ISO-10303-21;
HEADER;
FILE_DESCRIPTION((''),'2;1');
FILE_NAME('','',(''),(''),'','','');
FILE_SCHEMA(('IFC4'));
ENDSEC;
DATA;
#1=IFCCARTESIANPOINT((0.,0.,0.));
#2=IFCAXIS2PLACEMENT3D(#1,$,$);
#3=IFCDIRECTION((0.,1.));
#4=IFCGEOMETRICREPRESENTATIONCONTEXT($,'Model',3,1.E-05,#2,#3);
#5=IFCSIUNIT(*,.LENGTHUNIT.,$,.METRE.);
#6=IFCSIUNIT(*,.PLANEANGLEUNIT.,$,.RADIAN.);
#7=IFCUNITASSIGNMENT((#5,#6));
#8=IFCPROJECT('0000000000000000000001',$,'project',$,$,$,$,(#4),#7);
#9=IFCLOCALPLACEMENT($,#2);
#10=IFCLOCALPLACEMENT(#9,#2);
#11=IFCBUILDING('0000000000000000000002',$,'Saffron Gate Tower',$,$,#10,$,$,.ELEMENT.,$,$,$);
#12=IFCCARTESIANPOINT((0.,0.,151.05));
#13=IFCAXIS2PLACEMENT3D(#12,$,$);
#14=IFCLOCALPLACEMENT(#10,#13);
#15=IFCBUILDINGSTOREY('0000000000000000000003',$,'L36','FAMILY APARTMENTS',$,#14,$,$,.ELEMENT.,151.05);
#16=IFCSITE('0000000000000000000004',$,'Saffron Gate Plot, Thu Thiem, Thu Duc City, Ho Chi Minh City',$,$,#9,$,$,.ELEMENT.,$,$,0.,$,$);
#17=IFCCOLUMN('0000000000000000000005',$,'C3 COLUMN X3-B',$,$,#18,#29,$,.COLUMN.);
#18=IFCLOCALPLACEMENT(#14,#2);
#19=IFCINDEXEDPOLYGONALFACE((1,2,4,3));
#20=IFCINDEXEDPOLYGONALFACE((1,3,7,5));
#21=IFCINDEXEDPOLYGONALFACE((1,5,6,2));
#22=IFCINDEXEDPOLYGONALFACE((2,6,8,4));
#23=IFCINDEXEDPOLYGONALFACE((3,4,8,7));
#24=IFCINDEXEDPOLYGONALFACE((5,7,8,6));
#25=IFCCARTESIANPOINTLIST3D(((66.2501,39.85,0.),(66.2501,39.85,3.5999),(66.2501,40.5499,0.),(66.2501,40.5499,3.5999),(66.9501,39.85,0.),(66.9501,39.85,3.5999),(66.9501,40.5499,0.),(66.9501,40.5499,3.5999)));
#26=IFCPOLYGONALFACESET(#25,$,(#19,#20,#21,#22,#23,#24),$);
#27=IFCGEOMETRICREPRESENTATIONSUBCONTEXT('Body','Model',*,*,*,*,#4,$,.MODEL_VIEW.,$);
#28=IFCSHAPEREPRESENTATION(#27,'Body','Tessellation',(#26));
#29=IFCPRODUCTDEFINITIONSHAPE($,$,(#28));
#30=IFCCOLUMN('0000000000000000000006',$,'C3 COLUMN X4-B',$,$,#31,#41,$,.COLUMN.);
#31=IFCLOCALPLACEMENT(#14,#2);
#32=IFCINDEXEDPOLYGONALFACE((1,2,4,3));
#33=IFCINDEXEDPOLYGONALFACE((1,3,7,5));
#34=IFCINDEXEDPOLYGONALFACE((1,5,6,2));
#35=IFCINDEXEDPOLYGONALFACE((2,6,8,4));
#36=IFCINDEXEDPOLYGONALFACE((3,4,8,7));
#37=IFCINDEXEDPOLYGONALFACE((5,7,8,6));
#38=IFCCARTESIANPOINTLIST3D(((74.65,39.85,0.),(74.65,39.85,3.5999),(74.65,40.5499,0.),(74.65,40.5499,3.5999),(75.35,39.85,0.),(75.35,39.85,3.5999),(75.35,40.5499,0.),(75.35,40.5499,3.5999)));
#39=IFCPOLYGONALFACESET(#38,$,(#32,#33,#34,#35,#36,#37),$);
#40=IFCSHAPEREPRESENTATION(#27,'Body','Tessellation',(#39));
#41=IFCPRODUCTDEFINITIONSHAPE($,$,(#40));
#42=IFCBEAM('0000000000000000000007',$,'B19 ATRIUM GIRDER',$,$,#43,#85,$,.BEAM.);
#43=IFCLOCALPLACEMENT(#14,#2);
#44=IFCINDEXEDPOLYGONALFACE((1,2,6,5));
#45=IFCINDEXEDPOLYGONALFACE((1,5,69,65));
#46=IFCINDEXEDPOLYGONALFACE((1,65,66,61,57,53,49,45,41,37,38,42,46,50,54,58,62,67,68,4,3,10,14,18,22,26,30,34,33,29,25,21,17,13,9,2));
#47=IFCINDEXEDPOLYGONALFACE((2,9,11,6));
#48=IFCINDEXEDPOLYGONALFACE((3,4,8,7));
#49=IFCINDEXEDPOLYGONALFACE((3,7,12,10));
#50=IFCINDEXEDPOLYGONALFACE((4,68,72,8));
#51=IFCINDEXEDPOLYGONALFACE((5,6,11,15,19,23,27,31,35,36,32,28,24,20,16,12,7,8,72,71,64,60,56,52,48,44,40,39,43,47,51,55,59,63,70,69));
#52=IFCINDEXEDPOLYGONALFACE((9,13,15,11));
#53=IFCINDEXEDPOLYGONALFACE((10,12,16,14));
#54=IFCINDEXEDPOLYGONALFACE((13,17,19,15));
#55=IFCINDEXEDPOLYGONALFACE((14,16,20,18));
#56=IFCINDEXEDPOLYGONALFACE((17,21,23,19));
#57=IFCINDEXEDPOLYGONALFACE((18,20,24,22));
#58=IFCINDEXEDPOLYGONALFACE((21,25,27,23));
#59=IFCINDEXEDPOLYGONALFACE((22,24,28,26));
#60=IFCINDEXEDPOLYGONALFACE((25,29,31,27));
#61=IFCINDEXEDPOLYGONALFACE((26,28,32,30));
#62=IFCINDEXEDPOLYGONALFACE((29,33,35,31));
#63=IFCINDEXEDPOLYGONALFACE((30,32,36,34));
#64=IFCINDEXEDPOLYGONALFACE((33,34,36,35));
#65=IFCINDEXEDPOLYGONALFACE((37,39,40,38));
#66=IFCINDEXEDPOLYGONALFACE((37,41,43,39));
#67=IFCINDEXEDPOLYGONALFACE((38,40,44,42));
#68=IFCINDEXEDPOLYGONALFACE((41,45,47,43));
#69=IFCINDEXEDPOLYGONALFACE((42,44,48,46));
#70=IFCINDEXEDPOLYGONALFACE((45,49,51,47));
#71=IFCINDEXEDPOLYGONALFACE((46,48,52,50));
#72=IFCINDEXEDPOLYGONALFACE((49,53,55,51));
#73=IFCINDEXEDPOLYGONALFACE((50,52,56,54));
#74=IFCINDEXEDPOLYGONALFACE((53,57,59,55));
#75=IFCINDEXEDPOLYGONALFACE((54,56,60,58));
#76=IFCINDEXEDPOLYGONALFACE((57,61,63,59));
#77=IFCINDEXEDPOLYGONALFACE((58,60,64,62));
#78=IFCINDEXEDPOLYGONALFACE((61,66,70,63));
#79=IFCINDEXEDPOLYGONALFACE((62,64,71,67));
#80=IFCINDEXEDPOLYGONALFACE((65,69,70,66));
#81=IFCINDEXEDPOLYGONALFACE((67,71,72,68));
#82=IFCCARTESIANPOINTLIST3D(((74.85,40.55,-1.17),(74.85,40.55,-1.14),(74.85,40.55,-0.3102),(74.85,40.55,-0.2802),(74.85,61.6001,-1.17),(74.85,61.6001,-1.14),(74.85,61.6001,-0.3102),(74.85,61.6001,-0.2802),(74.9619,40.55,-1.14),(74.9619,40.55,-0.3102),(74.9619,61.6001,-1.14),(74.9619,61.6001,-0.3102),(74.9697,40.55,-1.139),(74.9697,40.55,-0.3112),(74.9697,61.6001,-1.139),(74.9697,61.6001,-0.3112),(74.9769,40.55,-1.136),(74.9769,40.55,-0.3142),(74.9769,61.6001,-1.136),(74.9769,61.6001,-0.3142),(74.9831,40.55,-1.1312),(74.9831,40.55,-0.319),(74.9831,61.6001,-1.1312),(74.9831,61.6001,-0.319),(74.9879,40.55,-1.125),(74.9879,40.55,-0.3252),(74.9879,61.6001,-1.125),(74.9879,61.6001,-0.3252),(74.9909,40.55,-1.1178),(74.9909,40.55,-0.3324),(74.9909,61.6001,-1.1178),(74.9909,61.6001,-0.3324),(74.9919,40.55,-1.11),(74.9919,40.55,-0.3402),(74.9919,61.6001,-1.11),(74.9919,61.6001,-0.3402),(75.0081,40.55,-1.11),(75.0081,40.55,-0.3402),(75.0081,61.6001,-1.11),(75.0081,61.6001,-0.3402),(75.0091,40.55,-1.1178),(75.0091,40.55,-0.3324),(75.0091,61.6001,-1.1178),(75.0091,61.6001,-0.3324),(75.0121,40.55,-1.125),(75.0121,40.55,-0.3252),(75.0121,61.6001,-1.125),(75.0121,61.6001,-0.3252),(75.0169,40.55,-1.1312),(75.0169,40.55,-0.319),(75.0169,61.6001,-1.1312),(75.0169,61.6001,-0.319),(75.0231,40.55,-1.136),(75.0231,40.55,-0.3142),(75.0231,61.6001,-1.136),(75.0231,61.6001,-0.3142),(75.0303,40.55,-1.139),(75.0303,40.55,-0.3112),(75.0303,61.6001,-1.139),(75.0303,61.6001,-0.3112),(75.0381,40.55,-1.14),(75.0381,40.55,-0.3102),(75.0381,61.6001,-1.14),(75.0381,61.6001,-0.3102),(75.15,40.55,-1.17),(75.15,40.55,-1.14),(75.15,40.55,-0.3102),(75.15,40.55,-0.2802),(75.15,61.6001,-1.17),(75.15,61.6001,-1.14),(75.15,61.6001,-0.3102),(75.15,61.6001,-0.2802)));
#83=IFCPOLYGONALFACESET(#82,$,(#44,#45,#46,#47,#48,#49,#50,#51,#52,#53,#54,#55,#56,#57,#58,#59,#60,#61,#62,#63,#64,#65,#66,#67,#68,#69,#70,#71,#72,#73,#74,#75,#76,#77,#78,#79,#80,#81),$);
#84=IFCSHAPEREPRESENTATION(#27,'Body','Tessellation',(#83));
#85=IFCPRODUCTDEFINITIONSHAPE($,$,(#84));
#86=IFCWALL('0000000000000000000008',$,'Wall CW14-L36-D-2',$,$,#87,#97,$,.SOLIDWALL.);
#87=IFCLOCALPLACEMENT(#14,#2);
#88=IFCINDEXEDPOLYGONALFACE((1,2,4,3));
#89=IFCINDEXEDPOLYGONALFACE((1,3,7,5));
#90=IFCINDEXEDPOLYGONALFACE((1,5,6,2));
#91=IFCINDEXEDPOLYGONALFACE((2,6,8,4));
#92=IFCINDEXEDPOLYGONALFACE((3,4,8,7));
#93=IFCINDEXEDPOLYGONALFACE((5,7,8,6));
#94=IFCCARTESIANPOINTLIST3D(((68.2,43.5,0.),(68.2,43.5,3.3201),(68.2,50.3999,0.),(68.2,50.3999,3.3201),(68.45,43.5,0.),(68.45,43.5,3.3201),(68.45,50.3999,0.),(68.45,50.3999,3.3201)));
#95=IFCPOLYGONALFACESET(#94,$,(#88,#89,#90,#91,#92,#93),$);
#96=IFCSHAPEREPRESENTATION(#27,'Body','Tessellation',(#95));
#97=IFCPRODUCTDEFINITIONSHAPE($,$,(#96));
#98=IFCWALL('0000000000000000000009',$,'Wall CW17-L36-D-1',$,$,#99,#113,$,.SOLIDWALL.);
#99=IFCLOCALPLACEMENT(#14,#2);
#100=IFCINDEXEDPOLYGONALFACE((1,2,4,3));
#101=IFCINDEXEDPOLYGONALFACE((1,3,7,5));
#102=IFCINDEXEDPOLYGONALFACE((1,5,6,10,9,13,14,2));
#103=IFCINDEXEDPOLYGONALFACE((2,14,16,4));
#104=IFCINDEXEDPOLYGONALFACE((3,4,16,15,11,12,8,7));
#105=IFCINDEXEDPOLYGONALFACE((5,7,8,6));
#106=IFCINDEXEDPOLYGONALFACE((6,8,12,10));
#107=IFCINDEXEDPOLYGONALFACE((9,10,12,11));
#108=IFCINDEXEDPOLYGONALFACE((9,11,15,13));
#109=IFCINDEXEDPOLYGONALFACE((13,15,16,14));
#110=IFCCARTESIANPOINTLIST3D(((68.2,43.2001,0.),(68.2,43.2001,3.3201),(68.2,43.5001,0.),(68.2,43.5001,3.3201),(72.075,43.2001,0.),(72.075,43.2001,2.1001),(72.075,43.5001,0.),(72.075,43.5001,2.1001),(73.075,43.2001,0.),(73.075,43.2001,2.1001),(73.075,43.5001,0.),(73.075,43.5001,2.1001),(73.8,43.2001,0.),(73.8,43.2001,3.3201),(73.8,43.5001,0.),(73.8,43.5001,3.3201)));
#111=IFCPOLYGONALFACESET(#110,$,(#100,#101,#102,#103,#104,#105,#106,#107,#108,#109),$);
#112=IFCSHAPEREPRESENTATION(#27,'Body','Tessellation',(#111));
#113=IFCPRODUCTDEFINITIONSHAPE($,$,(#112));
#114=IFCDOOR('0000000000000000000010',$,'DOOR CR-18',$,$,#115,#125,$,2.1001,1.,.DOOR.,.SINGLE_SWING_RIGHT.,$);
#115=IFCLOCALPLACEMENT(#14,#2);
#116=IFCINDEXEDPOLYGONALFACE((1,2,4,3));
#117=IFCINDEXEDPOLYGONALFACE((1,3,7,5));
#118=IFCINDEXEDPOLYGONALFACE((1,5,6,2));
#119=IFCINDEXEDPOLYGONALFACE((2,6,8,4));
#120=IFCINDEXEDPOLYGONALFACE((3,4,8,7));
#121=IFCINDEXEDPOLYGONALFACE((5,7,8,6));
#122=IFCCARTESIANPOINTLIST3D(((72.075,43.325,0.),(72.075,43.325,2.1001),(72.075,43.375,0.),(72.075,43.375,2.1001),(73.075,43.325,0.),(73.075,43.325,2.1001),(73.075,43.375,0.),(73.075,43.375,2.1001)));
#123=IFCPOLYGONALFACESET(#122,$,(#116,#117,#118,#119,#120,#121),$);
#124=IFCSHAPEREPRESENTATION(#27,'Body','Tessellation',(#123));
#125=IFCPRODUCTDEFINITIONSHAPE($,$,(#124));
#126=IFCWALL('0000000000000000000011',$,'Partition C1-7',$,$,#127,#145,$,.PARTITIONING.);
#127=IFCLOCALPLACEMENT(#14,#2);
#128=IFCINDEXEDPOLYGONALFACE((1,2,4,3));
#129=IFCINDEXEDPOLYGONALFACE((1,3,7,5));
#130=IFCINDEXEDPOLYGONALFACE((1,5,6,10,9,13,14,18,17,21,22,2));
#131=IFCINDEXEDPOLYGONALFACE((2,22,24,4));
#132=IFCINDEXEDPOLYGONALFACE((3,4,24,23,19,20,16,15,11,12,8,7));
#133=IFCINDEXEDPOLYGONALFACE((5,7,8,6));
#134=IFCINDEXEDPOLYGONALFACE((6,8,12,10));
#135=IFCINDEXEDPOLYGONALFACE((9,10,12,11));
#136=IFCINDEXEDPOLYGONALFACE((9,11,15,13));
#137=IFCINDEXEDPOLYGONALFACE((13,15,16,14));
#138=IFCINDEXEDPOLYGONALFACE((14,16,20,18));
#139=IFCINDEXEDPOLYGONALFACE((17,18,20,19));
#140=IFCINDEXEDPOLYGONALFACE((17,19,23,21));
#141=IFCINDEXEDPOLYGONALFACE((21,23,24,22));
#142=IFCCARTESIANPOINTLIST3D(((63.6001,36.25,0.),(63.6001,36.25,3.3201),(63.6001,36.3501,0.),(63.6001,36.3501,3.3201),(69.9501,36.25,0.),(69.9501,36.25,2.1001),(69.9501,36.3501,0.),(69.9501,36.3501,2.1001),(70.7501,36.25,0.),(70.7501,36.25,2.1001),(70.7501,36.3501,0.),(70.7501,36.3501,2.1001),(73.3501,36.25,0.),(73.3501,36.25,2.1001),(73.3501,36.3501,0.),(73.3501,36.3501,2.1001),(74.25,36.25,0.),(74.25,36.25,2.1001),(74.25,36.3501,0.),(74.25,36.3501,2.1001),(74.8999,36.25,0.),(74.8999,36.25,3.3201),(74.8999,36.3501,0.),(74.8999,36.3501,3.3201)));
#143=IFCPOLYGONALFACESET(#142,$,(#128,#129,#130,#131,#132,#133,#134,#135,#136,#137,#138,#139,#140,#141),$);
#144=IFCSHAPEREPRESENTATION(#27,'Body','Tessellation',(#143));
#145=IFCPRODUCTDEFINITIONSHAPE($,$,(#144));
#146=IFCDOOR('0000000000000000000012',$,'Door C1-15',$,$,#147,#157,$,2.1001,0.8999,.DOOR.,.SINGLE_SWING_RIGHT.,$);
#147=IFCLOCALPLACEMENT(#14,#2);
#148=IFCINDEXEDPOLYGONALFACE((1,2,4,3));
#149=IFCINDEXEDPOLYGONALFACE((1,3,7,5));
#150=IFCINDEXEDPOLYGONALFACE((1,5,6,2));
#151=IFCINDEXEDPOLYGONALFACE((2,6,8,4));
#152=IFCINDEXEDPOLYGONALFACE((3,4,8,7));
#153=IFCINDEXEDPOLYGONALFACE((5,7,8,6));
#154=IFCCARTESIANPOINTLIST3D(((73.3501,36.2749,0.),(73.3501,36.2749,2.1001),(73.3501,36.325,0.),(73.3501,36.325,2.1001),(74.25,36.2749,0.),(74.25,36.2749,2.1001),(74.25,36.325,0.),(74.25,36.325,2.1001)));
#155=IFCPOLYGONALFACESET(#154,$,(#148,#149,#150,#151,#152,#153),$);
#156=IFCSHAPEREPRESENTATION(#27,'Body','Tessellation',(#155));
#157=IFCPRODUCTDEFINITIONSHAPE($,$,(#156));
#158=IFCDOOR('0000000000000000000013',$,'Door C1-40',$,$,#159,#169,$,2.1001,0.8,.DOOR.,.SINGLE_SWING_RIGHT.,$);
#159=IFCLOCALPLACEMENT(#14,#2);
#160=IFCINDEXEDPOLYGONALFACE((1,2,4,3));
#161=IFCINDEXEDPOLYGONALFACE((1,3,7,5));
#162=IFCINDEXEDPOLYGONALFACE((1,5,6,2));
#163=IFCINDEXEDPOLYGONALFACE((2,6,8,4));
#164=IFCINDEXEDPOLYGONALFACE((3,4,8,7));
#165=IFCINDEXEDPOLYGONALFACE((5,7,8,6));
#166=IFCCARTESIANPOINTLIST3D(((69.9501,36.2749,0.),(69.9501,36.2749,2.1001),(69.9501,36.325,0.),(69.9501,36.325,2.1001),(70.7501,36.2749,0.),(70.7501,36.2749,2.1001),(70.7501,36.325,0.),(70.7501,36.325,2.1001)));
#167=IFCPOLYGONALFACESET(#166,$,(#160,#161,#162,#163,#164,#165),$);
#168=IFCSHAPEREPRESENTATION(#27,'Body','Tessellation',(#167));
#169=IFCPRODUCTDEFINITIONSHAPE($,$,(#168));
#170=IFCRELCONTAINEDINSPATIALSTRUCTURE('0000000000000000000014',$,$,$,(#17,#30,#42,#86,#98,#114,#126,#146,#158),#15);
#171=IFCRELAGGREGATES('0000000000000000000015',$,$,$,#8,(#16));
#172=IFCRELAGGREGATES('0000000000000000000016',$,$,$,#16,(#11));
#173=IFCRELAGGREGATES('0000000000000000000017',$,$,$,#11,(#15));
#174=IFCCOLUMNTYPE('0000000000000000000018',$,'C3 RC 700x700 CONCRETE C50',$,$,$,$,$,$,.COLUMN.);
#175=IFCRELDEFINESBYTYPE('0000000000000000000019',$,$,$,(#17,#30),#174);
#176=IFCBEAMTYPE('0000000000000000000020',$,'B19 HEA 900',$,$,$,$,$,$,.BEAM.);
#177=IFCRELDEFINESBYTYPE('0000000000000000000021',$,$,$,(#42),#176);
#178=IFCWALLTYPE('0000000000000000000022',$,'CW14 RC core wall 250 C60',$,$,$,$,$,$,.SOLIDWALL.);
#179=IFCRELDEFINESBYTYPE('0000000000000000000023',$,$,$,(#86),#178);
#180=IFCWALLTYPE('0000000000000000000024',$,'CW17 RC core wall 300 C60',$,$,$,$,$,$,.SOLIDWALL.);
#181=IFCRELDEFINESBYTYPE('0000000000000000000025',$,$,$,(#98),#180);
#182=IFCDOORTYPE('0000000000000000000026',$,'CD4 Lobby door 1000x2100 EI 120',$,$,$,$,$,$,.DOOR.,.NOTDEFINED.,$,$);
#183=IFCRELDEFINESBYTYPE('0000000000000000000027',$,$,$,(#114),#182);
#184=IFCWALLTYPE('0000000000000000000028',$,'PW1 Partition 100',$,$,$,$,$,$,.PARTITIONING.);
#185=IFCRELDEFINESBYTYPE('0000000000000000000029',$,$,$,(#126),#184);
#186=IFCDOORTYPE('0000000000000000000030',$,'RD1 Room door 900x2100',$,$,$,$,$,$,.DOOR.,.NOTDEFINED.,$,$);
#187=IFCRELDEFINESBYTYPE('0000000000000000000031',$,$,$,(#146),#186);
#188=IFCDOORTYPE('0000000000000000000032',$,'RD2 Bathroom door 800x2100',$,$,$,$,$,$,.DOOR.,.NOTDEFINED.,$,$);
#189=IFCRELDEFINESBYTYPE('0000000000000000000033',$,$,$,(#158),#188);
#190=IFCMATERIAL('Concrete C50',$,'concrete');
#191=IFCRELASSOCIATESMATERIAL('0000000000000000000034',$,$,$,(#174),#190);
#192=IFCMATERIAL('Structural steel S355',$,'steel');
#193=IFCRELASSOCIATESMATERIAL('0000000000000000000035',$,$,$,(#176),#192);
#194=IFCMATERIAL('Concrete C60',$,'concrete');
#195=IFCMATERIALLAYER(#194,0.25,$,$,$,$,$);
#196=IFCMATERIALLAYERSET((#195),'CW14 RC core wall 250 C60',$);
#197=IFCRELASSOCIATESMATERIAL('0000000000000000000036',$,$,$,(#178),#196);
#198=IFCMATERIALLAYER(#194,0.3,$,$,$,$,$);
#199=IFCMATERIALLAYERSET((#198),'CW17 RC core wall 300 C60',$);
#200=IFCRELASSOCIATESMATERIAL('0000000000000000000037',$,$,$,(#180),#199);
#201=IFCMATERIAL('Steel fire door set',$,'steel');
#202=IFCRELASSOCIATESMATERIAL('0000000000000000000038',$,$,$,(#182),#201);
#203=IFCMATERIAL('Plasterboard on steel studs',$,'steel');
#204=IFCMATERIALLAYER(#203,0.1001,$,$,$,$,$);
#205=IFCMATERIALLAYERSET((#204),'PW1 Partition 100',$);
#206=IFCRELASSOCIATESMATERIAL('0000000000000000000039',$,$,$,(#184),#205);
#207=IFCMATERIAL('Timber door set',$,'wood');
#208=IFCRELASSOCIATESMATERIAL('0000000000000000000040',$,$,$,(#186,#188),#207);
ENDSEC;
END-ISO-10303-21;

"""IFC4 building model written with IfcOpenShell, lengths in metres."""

from ifc_helpers import new_model, si_unit, direction, frame, frame_2d, origin, origin_2d, place, context, subcontext, project, spatial, rectangle, i_section, extrude, material, layer, layer_set, material_profile, profile_set, type_object, element, fill, save


model = new_model("IFC4")

# Units and contexts
model_context = context("Model", 3, precision=1e-05, world=origin(), true_north=direction((0.0, 1.0)))
body_context = subcontext(model_context, "Body", "Model", "MODEL_VIEW")
ifc_project = project(units=[si_unit("LENGTHUNIT", "METRE"), si_unit("PLANEANGLEUNIT", "RADIAN")], contexts=[model_context])

# Site, building, storey
site_placement = place(None, origin())
site = spatial("IfcSite", under=ifc_project, at=site_placement, Name="Saffron Gate Plot, Thu Thiem, Thu Duc City, Ho Chi Minh City", CompositionType="ELEMENT", RefElevation=0.0)
building_placement = place(site_placement, origin())
building = spatial("IfcBuilding", under=site, at=building_placement, Name="Saffron Gate Tower", CompositionType="ELEMENT")
storey_placement = place(building_placement, frame((0.0, 0.0, 151.05)))
storey = spatial("IfcBuildingStorey", under=building, at=storey_placement, Name="L36", Description="FAMILY APARTMENTS", CompositionType="ELEMENT", Elevation=151.05)

# Columns
ifc_material_1 = material(Name="Concrete C50", Category="concrete")
ifc_material_profile_1 = material_profile(ifc_material_1, rectangle(XDim=0.7, YDim=0.7, at=origin_2d()))
ifc_profile_set_1 = profile_set([ifc_material_profile_1], Name="Concrete C50")
column_type = type_object("IfcColumnType", Name="C3 RC 700x700 CONCRETE C50", PredefinedType="COLUMN", material=ifc_profile_set_1)
for number, where, z_axis, x_axis, name in (
    (1, (66.6001, 40.2, 0.0), (0.0, 0.0, 1.0), (1.0, 0.0, 0.0), "C3 COLUMN X3-B"),
    (2, (75.0, 40.2, 0.0), (0.0, 0.0, 1.0), (1.0, 0.0, 0.0), "C3 COLUMN X4-B"),
):
    element("IfcColumn", number, at=place(storey_placement, frame(where, z_axis=z_axis, x_axis=x_axis)), inside=storey, type_object=column_type, Name=name, PredefinedType="COLUMN", context=body_context, shape_type="SweptSolid", body=[
        extrude(rectangle(XDim=0.7, YDim=0.7, at=origin_2d()), origin(), (0.0, 0.0, 1.0), 3.5999),
    ])

# Beam
ifc_material_2 = material(Name="Structural steel S355", Category="steel")
ifc_material_profile_2 = material_profile(ifc_material_2, i_section(OverallWidth=0.3, OverallDepth=0.8899, WebThickness=0.0161, FlangeThickness=0.03, FilletRadius=0.03, at=origin_2d()))
ifc_profile_set_2 = profile_set([ifc_material_profile_2], Name="Structural steel S355")
beam_type = type_object("IfcBeamType", Name="B19 HEA 900", PredefinedType="BEAM", material=ifc_profile_set_2)
beam_placement = place(storey_placement, frame((75.0, 40.55, -0.7251), z_axis=(0.0, 1.0, 0.0), x_axis=(-1.0, 0.0, 0.0)))
element("IfcBeam", 3, at=beam_placement, inside=storey, type_object=beam_type, Name="B19 ATRIUM GIRDER", PredefinedType="BEAM", context=body_context, shape_type="SweptSolid", body=[
    extrude(i_section(OverallWidth=0.3, OverallDepth=0.8899, WebThickness=0.0161, FlangeThickness=0.03, FilletRadius=0.03, at=origin_2d()), origin(), (0.0, 0.0, 1.0), 21.05),
])

# Wall
ifc_material_3 = material(Name="Concrete C60", Category="concrete")
ifc_layer_1 = layer(ifc_material_3, 0.25)
ifc_layer_set_1 = layer_set([ifc_layer_1], Name="CW14 RC core wall 250 C60")
wall_type_1 = type_object("IfcWallType", Name="CW14 RC core wall 250 C60", PredefinedType="SOLIDWALL", material=ifc_layer_set_1)
wall_1_placement = place(storey_placement, frame((68.325, 43.5, 0.0), z_axis=(0.0, 0.0, 1.0), x_axis=(0.0, 1.0, 0.0)))
element("IfcWall", 4, at=wall_1_placement, inside=storey, type_object=wall_type_1, Name="Wall CW14-L36-D-2", PredefinedType="SOLIDWALL", context=body_context, shape_type="SweptSolid", body=[
    extrude(rectangle(XDim=6.8999, YDim=0.25, at=frame_2d((3.45, 0.0))), origin(), (0.0, 0.0, 1.0), 3.3201),
])

# Wall, opening, door
ifc_layer_2 = layer(ifc_material_3, 0.3)
ifc_layer_set_2 = layer_set([ifc_layer_2], Name="CW17 RC core wall 300 C60")
wall_type_2 = type_object("IfcWallType", Name="CW17 RC core wall 300 C60", PredefinedType="SOLIDWALL", material=ifc_layer_set_2)
wall_2_placement = place(storey_placement, frame((68.2, 43.3501, 0.0), z_axis=(0.0, 0.0, 1.0), x_axis=(1.0, 0.0, 0.0)))
wall_2 = element("IfcWall", 5, at=wall_2_placement, inside=storey, type_object=wall_type_2, Name="Wall CW17-L36-D-1", PredefinedType="SOLIDWALL", context=body_context, shape_type="SweptSolid", body=[
    extrude(rectangle(XDim=5.6001, YDim=0.3, at=frame_2d((2.8, 0.0))), origin(), (0.0, 0.0, 1.0), 3.3201),
])
opening_1_placement = place(wall_2_placement, frame((3.875, 0.0, 0.0)))
opening_1 = element("IfcOpeningElement", 6, at=opening_1_placement, cuts=wall_2, PredefinedType="OPENING", context=body_context, shape_type="SweptSolid", body=[
    extrude(rectangle(XDim=1.0, YDim=2.1001, at=frame_2d((0.5, 1.05))), frame((0.0, 0.1602, 0.0), z_axis=(0.0, -1.0, 0.0), x_axis=(1.0, 0.0, 0.0)), (0.0, 0.0, 1.0), 0.3201),
])
ifc_material_4 = material(Name="Steel fire door set", Category="steel")
door_type_1 = type_object("IfcDoorType", Name="CD4 Lobby door 1000x2100 EI 120", OperationType="NOTDEFINED", PredefinedType="DOOR", material=ifc_material_4)
door_1_placement = place(opening_1_placement, origin())
door_1 = element("IfcDoor", 7, at=door_1_placement, inside=storey, type_object=door_type_1, Name="DOOR CR-18", OperationType="SINGLE_SWING_RIGHT", OverallHeight=2.1001, OverallWidth=1.0, PredefinedType="DOOR", context=body_context, shape_type="SweptSolid", body=[
    extrude(rectangle(XDim=1.0, YDim=2.1001, at=frame_2d((0.5, 1.05))), frame((0.0, 0.0249, 0.0), z_axis=(0.0, -1.0, 0.0), x_axis=(1.0, 0.0, 0.0)), (0.0, 0.0, 1.0), 0.05),
])
fill(opening_1, door_1)

# Wall, openings, doors
ifc_material_5 = material(Name="Plasterboard on steel studs", Category="steel")
ifc_layer_3 = layer(ifc_material_5, 0.1001)
ifc_layer_set_3 = layer_set([ifc_layer_3], Name="PW1 Partition 100")
wall_type_3 = type_object("IfcWallType", Name="PW1 Partition 100", PredefinedType="PARTITIONING", material=ifc_layer_set_3)
wall_3_placement = place(storey_placement, frame((63.6001, 36.3, 0.0), z_axis=(0.0, 0.0, 1.0), x_axis=(1.0, 0.0, 0.0)))
wall_3 = element("IfcWall", 8, at=wall_3_placement, inside=storey, type_object=wall_type_3, Name="Partition C1-7", PredefinedType="PARTITIONING", context=body_context, shape_type="SweptSolid", body=[
    extrude(rectangle(XDim=11.2998, YDim=0.1001, at=frame_2d((5.6499, 0.0))), origin(), (0.0, 0.0, 1.0), 3.3201),
])
opening_2_placement = place(wall_3_placement, frame((6.3501, 0.0, 0.0)))
opening_2 = element("IfcOpeningElement", 9, at=opening_2_placement, cuts=wall_3, PredefinedType="OPENING", context=body_context, shape_type="SweptSolid", body=[
    extrude(rectangle(XDim=0.8, YDim=2.1001, at=frame_2d((0.3999, 1.05))), frame((0.0, 0.0601, 0.0), z_axis=(0.0, -1.0, 0.0), x_axis=(1.0, 0.0, 0.0)), (0.0, 0.0, 1.0), 0.1201),
])
opening_3_placement = place(wall_3_placement, frame((9.75, 0.0, 0.0)))
opening_3 = element("IfcOpeningElement", 10, at=opening_3_placement, cuts=wall_3, PredefinedType="OPENING", context=body_context, shape_type="SweptSolid", body=[
    extrude(rectangle(XDim=0.8999, YDim=2.1001, at=frame_2d((0.45, 1.05))), frame((0.0, 0.0601, 0.0), z_axis=(0.0, -1.0, 0.0), x_axis=(1.0, 0.0, 0.0)), (0.0, 0.0, 1.0), 0.1201),
])
ifc_material_6 = material(Name="Timber door set", Category="wood")
door_type_2 = type_object("IfcDoorType", Name="RD1 Room door 900x2100", OperationType="NOTDEFINED", PredefinedType="DOOR", material=ifc_material_6)
door_2_placement = place(opening_3_placement, origin())
door_2 = element("IfcDoor", 11, at=door_2_placement, inside=storey, type_object=door_type_2, Name="Door C1-15", OperationType="SINGLE_SWING_RIGHT", OverallHeight=2.1001, OverallWidth=0.8999, PredefinedType="DOOR", context=body_context, shape_type="SweptSolid", body=[
    extrude(rectangle(XDim=0.8999, YDim=2.1001, at=frame_2d((0.45, 1.05))), frame((0.0, 0.0249, 0.0), z_axis=(0.0, -1.0, 0.0), x_axis=(1.0, 0.0, 0.0)), (0.0, 0.0, 1.0), 0.05),
])
fill(opening_3, door_2)
door_type_3 = type_object("IfcDoorType", Name="RD2 Bathroom door 800x2100", OperationType="NOTDEFINED", PredefinedType="DOOR", material=ifc_material_6)
door_3_placement = place(opening_2_placement, origin())
door_3 = element("IfcDoor", 12, at=door_3_placement, inside=storey, type_object=door_type_3, Name="Door C1-40", OperationType="SINGLE_SWING_RIGHT", OverallHeight=2.1001, OverallWidth=0.8, PredefinedType="DOOR", context=body_context, shape_type="SweptSolid", body=[
    extrude(rectangle(XDim=0.8, YDim=2.1001, at=frame_2d((0.3999, 1.05))), frame((0.0, 0.0249, 0.0), z_axis=(0.0, -1.0, 0.0), x_axis=(1.0, 0.0, 0.0)), (0.0, 0.0, 1.0), 0.05),
])
fill(opening_2, door_3)

save(model, "model.ifc")
